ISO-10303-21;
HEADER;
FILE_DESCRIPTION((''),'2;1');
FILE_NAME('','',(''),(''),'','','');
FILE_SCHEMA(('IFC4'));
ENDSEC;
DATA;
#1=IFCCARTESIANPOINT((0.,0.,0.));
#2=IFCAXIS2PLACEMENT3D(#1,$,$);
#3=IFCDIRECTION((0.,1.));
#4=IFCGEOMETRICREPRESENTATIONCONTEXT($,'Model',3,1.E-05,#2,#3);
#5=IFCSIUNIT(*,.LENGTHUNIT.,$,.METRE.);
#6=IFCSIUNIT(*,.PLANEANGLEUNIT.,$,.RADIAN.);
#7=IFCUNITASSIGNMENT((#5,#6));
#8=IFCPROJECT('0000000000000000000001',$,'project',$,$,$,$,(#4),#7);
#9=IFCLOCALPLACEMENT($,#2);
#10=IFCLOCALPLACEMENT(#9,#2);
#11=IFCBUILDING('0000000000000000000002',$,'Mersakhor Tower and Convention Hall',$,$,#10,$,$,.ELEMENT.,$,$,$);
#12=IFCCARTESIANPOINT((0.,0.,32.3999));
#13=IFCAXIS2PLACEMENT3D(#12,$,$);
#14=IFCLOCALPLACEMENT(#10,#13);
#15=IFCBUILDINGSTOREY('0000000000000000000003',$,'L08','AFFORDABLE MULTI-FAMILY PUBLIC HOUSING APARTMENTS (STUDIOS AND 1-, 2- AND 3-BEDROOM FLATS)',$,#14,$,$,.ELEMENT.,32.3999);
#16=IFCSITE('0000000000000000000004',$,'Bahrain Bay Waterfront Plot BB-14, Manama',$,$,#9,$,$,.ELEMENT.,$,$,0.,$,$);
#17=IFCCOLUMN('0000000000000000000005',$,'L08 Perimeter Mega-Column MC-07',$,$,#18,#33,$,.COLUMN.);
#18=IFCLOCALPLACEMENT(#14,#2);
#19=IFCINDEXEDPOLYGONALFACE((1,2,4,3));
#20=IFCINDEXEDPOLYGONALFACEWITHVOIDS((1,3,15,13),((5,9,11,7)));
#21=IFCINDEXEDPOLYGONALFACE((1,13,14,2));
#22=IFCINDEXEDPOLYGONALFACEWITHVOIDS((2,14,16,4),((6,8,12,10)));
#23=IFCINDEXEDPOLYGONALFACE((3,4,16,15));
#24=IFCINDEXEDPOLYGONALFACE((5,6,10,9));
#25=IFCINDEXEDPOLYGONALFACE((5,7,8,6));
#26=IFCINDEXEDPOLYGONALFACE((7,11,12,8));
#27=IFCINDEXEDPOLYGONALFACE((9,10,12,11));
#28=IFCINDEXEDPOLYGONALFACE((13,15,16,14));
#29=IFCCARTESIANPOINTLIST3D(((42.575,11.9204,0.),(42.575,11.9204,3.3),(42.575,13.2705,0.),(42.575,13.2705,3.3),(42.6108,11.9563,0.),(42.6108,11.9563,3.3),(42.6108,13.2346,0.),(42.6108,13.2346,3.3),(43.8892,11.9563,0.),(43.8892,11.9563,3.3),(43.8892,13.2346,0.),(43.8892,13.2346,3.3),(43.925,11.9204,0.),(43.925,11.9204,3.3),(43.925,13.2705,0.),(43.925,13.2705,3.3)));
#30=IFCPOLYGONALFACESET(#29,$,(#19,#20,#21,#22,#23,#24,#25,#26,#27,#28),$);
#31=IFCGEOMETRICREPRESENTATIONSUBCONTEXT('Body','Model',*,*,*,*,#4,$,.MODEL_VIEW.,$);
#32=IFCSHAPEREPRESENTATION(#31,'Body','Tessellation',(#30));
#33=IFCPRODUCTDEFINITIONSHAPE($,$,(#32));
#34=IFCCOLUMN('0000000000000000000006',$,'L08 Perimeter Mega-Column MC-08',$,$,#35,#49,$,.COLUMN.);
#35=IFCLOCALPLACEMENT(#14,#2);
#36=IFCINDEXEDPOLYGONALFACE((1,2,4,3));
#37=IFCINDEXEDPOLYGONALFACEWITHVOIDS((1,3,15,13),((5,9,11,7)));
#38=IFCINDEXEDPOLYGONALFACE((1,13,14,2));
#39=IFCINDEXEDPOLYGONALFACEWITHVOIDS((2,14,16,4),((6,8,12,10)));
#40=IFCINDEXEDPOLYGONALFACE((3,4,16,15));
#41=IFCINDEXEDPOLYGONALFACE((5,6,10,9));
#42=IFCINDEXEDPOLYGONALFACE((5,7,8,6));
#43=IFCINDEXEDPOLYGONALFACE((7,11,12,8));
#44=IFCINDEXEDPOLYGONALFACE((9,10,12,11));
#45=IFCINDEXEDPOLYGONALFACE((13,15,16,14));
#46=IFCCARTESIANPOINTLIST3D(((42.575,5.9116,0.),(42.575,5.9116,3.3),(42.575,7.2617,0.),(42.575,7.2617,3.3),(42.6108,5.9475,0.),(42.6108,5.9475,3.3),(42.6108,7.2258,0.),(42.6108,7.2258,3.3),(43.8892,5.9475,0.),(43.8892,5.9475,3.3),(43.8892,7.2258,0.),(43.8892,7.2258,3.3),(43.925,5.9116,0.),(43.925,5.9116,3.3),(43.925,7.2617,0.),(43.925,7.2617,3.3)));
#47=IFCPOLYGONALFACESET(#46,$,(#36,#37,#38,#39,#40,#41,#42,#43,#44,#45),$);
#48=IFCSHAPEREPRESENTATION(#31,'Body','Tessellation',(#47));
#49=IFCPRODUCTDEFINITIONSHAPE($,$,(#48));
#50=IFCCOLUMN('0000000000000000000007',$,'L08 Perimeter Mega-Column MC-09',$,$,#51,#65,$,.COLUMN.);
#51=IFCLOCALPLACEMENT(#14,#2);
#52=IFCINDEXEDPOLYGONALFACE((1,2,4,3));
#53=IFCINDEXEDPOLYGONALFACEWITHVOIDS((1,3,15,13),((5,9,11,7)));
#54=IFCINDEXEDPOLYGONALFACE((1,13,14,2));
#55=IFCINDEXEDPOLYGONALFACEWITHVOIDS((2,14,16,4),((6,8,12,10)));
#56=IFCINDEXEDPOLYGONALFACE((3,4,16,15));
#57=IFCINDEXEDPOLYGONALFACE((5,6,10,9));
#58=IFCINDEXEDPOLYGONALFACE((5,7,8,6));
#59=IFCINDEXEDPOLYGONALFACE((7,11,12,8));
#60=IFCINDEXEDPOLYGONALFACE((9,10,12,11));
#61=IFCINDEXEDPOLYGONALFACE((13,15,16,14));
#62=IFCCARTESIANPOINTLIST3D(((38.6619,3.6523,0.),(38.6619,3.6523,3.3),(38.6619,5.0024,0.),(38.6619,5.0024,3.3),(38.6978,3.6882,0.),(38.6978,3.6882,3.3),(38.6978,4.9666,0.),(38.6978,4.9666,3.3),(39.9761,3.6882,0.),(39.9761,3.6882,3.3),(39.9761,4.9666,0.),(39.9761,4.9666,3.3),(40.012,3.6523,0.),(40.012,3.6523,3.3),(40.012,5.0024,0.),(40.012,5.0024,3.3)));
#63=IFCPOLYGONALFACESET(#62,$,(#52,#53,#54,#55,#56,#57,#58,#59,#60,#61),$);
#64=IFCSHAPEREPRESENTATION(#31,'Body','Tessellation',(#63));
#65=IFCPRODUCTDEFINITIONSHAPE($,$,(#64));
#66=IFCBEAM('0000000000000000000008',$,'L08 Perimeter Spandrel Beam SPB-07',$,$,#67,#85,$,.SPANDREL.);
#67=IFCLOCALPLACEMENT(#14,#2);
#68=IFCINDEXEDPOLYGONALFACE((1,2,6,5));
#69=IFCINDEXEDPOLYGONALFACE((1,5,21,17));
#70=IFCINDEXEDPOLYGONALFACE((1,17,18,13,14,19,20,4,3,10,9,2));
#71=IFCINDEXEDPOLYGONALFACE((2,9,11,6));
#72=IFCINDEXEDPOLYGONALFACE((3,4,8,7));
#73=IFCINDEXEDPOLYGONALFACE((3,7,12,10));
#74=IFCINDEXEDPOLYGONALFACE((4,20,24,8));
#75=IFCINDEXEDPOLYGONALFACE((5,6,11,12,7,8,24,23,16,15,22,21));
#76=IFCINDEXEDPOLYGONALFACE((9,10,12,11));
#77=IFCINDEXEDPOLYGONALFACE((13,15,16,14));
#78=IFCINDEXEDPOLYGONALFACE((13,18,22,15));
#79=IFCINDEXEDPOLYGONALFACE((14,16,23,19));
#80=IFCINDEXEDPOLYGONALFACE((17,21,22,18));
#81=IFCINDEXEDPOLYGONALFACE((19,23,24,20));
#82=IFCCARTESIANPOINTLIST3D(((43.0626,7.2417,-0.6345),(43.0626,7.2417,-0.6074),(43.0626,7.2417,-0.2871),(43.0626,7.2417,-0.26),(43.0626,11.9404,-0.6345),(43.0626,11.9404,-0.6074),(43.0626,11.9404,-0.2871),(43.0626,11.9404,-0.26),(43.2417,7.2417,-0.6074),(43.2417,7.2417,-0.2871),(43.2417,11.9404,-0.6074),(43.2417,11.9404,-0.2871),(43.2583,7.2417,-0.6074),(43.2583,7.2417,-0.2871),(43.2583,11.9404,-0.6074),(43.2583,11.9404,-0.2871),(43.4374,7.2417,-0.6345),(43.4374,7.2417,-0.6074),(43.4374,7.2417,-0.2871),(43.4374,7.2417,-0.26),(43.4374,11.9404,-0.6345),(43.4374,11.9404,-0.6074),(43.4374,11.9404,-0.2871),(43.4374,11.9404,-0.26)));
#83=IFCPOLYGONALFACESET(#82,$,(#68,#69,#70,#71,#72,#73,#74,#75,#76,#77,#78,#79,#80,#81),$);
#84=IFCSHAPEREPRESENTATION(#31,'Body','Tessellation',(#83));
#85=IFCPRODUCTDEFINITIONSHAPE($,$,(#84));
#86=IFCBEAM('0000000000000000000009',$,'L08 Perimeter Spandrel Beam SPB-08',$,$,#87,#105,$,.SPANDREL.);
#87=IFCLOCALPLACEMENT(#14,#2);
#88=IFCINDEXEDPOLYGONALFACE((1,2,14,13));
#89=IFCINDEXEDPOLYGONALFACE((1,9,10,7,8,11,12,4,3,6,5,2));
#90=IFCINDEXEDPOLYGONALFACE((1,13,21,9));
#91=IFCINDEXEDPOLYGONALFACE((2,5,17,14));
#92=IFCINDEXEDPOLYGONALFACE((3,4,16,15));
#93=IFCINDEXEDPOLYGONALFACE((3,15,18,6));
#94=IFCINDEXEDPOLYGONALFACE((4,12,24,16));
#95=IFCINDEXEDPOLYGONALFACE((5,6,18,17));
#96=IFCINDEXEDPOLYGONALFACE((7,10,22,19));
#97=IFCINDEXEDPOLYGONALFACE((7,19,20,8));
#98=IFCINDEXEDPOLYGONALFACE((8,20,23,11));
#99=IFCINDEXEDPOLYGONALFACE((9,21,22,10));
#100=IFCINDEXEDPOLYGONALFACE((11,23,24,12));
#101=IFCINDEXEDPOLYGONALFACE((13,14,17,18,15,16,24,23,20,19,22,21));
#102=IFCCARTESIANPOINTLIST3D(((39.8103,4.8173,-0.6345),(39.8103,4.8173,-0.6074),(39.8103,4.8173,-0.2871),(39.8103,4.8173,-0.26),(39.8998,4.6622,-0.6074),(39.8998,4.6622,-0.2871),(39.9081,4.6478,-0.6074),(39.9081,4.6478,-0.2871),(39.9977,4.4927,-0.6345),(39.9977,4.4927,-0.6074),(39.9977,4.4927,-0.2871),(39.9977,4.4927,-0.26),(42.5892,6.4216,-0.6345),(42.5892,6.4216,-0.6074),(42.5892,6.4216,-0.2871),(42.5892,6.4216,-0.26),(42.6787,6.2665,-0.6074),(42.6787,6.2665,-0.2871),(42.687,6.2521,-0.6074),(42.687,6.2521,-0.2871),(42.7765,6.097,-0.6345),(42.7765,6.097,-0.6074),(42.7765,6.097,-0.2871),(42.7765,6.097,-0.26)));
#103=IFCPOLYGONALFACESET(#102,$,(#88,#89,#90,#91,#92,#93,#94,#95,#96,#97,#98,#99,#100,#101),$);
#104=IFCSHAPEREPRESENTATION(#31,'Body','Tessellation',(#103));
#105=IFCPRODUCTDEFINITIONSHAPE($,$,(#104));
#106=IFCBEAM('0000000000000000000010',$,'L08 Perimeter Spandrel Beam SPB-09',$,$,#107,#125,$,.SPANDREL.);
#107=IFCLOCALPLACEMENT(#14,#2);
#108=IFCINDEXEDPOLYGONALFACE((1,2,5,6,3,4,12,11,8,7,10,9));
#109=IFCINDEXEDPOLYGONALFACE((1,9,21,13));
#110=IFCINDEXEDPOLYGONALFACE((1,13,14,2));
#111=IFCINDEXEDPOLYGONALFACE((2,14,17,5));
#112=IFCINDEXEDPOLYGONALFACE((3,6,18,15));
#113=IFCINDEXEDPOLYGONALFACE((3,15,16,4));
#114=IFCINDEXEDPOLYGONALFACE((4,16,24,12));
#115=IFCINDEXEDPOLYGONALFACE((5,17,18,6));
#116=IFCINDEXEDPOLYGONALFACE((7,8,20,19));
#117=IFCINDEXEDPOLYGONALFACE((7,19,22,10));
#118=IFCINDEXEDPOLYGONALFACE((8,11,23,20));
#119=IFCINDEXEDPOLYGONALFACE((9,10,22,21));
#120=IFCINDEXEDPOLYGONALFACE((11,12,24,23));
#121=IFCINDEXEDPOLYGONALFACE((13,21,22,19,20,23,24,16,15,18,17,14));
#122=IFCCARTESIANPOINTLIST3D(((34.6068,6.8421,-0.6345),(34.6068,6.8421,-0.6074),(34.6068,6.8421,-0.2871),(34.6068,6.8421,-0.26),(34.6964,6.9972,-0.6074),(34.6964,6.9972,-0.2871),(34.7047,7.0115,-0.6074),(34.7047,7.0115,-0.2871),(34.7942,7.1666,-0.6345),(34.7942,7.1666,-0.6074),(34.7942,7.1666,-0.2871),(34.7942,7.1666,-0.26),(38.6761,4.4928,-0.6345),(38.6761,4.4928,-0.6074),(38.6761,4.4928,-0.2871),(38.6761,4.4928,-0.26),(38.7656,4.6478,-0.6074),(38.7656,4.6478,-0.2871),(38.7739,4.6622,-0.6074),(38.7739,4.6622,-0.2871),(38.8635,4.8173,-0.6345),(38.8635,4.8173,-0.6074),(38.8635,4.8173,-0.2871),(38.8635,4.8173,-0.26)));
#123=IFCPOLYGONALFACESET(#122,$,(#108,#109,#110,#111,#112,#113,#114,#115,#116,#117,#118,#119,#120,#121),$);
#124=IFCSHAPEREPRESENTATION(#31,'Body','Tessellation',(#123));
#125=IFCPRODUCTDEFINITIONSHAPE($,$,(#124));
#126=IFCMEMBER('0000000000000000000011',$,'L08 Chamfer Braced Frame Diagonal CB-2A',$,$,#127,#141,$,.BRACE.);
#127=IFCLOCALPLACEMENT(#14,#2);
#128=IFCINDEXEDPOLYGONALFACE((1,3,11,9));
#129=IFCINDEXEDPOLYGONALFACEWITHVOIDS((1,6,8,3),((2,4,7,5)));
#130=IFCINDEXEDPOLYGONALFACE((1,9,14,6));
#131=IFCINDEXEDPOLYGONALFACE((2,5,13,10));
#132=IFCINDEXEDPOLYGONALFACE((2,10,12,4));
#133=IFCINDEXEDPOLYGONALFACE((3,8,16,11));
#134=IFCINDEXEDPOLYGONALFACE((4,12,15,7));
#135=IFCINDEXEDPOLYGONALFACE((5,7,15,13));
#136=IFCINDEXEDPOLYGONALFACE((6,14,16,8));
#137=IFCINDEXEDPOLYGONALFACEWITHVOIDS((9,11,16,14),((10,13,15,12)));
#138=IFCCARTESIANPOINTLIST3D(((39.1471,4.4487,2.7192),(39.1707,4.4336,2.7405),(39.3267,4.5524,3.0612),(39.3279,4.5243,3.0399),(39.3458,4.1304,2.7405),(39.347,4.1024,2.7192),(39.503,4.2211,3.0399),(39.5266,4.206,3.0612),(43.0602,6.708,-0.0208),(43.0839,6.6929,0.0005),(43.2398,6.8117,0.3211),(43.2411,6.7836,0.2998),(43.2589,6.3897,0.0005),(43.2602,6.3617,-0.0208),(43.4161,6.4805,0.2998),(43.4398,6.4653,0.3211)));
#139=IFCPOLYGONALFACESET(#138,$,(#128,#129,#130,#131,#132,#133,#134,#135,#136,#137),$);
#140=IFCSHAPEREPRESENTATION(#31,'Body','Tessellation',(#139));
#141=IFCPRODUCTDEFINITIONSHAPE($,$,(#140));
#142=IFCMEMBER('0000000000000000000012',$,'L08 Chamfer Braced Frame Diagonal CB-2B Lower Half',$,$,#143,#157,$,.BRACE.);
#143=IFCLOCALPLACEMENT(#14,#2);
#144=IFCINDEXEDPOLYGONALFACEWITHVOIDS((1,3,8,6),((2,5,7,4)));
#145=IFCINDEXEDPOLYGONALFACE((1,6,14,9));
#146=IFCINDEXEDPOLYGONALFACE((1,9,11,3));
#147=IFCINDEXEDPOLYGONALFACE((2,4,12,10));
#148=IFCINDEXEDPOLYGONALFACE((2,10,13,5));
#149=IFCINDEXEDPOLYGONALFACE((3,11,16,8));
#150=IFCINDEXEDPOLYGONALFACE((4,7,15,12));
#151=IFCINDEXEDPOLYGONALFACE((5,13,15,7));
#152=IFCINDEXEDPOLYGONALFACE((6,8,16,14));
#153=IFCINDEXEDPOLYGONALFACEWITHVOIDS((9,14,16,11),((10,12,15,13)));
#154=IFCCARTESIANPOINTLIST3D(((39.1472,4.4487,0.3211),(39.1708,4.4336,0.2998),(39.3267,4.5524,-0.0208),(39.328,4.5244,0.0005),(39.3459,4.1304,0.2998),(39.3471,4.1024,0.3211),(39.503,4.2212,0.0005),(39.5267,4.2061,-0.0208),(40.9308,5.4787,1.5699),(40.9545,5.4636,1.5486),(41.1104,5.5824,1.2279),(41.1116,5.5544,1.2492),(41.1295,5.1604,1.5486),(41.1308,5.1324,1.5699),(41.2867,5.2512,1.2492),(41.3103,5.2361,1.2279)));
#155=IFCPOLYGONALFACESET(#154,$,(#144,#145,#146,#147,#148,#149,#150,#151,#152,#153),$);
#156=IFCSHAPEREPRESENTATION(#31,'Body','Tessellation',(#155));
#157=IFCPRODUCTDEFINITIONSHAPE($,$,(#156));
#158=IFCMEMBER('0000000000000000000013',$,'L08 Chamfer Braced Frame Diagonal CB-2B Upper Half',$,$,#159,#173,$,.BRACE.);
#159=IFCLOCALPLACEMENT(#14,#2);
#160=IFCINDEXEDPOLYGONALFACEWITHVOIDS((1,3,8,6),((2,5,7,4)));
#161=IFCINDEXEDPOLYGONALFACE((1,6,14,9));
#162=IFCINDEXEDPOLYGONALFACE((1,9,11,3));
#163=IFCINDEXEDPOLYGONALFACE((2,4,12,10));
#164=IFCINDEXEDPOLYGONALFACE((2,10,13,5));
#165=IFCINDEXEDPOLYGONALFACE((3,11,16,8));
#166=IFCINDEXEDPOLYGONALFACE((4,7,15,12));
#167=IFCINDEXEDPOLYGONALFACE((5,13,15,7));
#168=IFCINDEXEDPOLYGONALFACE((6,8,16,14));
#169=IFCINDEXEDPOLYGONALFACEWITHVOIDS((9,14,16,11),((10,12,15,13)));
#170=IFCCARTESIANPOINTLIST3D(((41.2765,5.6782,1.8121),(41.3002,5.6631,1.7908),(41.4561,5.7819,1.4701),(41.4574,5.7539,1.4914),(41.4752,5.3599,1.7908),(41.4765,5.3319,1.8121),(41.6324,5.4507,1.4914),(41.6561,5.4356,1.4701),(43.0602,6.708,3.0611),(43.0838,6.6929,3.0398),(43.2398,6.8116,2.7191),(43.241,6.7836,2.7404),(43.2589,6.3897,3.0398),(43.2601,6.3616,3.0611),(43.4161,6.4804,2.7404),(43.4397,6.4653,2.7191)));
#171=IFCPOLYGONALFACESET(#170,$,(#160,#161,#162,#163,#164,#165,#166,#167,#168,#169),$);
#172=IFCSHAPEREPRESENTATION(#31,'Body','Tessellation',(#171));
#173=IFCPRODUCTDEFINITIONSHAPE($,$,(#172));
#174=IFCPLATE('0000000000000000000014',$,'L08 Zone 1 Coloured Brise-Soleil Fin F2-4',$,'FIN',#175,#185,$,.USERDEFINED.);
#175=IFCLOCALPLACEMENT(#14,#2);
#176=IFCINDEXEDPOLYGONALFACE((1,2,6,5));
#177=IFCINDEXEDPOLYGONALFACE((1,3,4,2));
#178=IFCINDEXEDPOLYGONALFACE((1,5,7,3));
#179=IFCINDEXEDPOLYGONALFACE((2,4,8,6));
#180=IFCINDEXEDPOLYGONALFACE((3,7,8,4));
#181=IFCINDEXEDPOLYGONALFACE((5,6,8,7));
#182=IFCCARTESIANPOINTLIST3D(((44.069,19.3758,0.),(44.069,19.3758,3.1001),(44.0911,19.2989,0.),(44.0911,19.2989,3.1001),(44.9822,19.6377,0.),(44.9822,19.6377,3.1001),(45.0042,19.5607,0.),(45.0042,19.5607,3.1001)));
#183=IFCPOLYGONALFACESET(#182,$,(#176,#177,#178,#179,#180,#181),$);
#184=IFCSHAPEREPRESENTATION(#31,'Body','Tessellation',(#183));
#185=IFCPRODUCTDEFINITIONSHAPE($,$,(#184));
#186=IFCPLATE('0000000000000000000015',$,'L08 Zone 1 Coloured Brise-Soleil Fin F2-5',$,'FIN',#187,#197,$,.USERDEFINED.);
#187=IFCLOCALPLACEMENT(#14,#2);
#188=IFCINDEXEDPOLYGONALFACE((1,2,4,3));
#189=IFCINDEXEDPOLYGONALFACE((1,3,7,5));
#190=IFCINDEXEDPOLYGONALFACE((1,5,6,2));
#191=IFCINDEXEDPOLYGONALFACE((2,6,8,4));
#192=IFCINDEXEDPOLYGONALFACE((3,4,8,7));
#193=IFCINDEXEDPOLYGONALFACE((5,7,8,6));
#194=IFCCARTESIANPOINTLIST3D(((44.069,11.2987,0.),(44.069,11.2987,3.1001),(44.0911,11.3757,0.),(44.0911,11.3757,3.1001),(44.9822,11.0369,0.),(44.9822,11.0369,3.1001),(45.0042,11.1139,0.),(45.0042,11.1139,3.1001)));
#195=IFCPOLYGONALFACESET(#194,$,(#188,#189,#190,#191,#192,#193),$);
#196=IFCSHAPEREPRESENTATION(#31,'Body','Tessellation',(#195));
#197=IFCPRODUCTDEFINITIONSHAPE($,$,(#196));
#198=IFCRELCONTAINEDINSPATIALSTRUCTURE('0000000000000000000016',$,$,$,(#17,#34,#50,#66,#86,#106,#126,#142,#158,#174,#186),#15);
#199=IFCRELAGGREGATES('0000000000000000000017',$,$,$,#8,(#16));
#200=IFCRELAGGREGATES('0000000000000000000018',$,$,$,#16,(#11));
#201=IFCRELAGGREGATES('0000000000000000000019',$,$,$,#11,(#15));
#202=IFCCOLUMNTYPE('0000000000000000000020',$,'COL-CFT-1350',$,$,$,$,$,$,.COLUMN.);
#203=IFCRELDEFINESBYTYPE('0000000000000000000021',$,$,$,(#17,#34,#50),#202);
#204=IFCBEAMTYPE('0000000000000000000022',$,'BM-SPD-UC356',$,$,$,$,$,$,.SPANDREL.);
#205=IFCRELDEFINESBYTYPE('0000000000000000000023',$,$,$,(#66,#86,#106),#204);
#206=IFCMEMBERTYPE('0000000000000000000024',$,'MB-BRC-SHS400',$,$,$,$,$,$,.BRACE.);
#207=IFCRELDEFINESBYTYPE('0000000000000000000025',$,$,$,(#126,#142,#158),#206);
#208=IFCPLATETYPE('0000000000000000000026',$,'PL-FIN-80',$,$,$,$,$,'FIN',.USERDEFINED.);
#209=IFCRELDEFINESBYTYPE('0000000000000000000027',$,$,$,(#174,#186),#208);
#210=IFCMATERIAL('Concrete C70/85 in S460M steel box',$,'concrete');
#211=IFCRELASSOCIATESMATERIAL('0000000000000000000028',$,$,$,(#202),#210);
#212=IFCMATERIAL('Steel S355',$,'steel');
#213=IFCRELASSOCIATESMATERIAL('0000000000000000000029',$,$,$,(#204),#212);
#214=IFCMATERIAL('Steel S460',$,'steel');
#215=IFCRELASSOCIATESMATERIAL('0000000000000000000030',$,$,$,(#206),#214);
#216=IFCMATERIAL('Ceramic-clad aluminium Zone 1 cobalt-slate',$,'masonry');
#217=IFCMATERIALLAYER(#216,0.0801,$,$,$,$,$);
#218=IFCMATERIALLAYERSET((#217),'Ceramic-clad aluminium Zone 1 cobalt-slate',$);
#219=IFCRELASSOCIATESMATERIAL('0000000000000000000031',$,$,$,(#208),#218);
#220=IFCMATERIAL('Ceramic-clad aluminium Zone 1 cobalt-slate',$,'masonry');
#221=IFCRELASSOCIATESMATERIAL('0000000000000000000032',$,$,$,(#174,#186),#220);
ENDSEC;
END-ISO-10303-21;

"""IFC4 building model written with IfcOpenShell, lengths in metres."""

from ifc_helpers import new_model, si_unit, direction, frame, origin, origin_2d, place, context, subcontext, project, spatial, rectangle, hollow_rectangle, i_section, extrude, material, layer, layer_set, material_profile, profile_set, type_object, element, save


model = new_model("IFC4")

# Units and contexts
model_context = context("Model", 3, precision=1e-05, world=origin(), true_north=direction((0.0, 1.0)))
body_context = subcontext(model_context, "Body", "Model", "MODEL_VIEW")
ifc_project = project(units=[si_unit("LENGTHUNIT", "METRE"), si_unit("PLANEANGLEUNIT", "RADIAN")], contexts=[model_context])

# Site, building, storey
site_placement = place(None, origin())
site = spatial("IfcSite", under=ifc_project, at=site_placement, Name="Bahrain Bay Waterfront Plot BB-14, Manama", CompositionType="ELEMENT", RefElevation=0.0)
building_placement = place(site_placement, origin())
building = spatial("IfcBuilding", under=site, at=building_placement, Name="Mersakhor Tower and Convention Hall", CompositionType="ELEMENT")
storey_placement = place(building_placement, frame((0.0, 0.0, 32.3999)))
storey = spatial("IfcBuildingStorey", under=building, at=storey_placement, Name="L08", Description="AFFORDABLE MULTI-FAMILY PUBLIC HOUSING APARTMENTS (STUDIOS AND 1-, 2- AND 3-BEDROOM FLATS)", CompositionType="ELEMENT", Elevation=32.3999)

# Columns
ifc_material_1 = material(Name="Concrete C70/85 in S460M steel box", Category="concrete")
ifc_material_profile_1 = material_profile(ifc_material_1, hollow_rectangle(XDim=1.3501, YDim=1.3501, WallThickness=0.0359, at=origin_2d()), Name="SHS 1350x1350x36")
ifc_profile_set_1 = profile_set([ifc_material_profile_1], Name="Concrete C70/85 in S460M steel box")
column_type = type_object("IfcColumnType", Name="COL-CFT-1350", PredefinedType="COLUMN", material=ifc_profile_set_1)
for number, where, z_axis, x_axis, name in (
    (1, (43.25, 12.5955, 0.0), (0.0, 0.0, 1.0), (1.0, 0.0, 0.0), "L08 Perimeter Mega-Column MC-07"),
    (2, (43.25, 6.5867, 0.0), (0.0, 0.0, 1.0), (1.0, 0.0, 0.0), "L08 Perimeter Mega-Column MC-08"),
    (3, (39.3369, 4.3274, 0.0), (0.0, 0.0, 1.0), (1.0, 0.0, 0.0), "L08 Perimeter Mega-Column MC-09"),
):
    element("IfcColumn", number, at=place(storey_placement, frame(where, z_axis=z_axis, x_axis=x_axis)), inside=storey, type_object=column_type, Name=name, PredefinedType="COLUMN", context=body_context, shape_type="SweptSolid", body=[
        extrude(hollow_rectangle(XDim=1.3501, YDim=1.3501, WallThickness=0.0359, at=origin_2d()), origin(), (0.0, 0.0, 1.0), 3.3),
    ])

# Beams
ifc_material_2 = material(Name="Steel S355", Category="steel")
ifc_material_profile_2 = material_profile(ifc_material_2, i_section(OverallWidth=0.3748, OverallDepth=0.3745, WebThickness=0.0166, FlangeThickness=0.0271, at=origin_2d()), Name="UC 356x368x202")
ifc_profile_set_2 = profile_set([ifc_material_profile_2], Name="Steel S355")
beam_type = type_object("IfcBeamType", Name="BM-SPD-UC356", PredefinedType="SPANDREL", material=ifc_profile_set_2)
beam_1_placement = place(storey_placement, frame((43.25, 11.9404, -0.4473), z_axis=(0.0, -1.0, 0.0), x_axis=(1.0, 0.0, 0.0)))
element("IfcBeam", 4, at=beam_1_placement, inside=storey, type_object=beam_type, Name="L08 Perimeter Spandrel Beam SPB-07", PredefinedType="SPANDREL", context=body_context, shape_type="SweptSolid", body=[
    extrude(i_section(OverallWidth=0.3748, OverallDepth=0.3745, WebThickness=0.0166, FlangeThickness=0.0271, at=origin_2d()), origin(), (0.0, 0.0, 1.0), 4.6987),
])
beam_2_placement = place(storey_placement, frame((42.6829, 6.2593, -0.4473), z_axis=(-0.866039, -0.499977, 0.0), x_axis=(0.499977, -0.866039, 0.0)))
element("IfcBeam", 5, at=beam_2_placement, inside=storey, type_object=beam_type, Name="L08 Perimeter Spandrel Beam SPB-08", PredefinedType="SPANDREL", context=body_context, shape_type="SweptSolid", body=[
    extrude(i_section(OverallWidth=0.3748, OverallDepth=0.3745, WebThickness=0.0166, FlangeThickness=0.0271, at=origin_2d()), origin(), (0.0, 0.0, 1.0), 3.2087),
])
beam_3_placement = place(storey_placement, frame((38.7698, 4.655, -0.4473), z_axis=(-0.866032, 0.499989, 0.0), x_axis=(-0.499989, -0.866032, 0.0)))
element("IfcBeam", 6, at=beam_3_placement, inside=storey, type_object=beam_type, Name="L08 Perimeter Spandrel Beam SPB-09", PredefinedType="SPANDREL", context=body_context, shape_type="SweptSolid", body=[
    extrude(i_section(OverallWidth=0.3748, OverallDepth=0.3745, WebThickness=0.0166, FlangeThickness=0.0271, at=origin_2d()), origin(), (0.0, 0.0, 1.0), 4.6987),
])

# Members
ifc_material_3 = material(Name="Steel S460", Category="steel")
ifc_material_profile_3 = material_profile(ifc_material_3, hollow_rectangle(XDim=0.3999, YDim=0.3999, WallThickness=0.0249, at=origin_2d()), Name="SHS 400x400x25")
ifc_profile_set_3 = profile_set([ifc_material_profile_3], Name="Steel S460")
member_type = type_object("IfcMemberType", Name="MB-BRC-SHS400", PredefinedType="BRACE", material=ifc_profile_set_3)
member_placement = place(storey_placement, frame((43.25, 6.5867, 0.1501), z_axis=(-0.740508, -0.427543, 0.518513), x_axis=(0.500009, -0.86602, 0.0)))
element("IfcMember", 7, at=member_placement, inside=storey, type_object=member_type, Name="L08 Chamfer Braced Frame Diagonal CB-2A", PredefinedType="BRACE", context=body_context, shape_type="SweptSolid", body=[
    extrude(hollow_rectangle(XDim=0.3999, YDim=0.3999, WallThickness=0.0249, at=origin_2d()), origin(), (0.0, 0.0, 1.0), 5.2844),
])
for number, where, z_axis, x_axis, name in (
    (8, (39.3369, 4.3274, 0.1501), (0.740512, 0.427624, 0.51844), (-0.500078, 0.86598, 0.0), "L08 Chamfer Braced Frame Diagonal CB-2B Lower Half"),
    (9, (41.4663, 5.5569, 1.6411), (0.740505, 0.427519, 0.518536), (-0.499989, 0.866032, 0.0), "L08 Chamfer Braced Frame Diagonal CB-2B Upper Half"),
):
    element("IfcMember", number, at=place(storey_placement, frame(where, z_axis=z_axis, x_axis=x_axis)), inside=storey, type_object=member_type, Name=name, PredefinedType="BRACE", context=body_context, shape_type="SweptSolid", body=[
        extrude(hollow_rectangle(XDim=0.3999, YDim=0.3999, WallThickness=0.0249, at=origin_2d()), origin(), (0.0, 0.0, 1.0), 2.4087),
    ])

# Plates
ifc_material_4 = material(Name="Ceramic-clad aluminium Zone 1 cobalt-slate", Category="masonry")
ifc_material_5 = material(Name="Ceramic-clad aluminium Zone 1 cobalt-slate", Category="masonry")
ifc_layer_1 = layer(ifc_material_5, 0.0801)
ifc_layer_set_1 = layer_set([ifc_layer_1], Name="Ceramic-clad aluminium Zone 1 cobalt-slate")
plate_type_1 = type_object("IfcPlateType", Name="PL-FIN-80", ElementType="FIN", PredefinedType="USERDEFINED", material=ifc_layer_set_1)
for number, where, z_axis, x_axis, name in (
    (10, (44.5366, 19.4683, 0.0), (0.0, 0.0, 1.0), (0.961262, 0.275637, 0.0), "L08 Zone 1 Coloured Brise-Soleil Fin F2-4"),
    (11, (44.5366, 11.2063, 0.0), (0.0, 0.0, 1.0), (0.961262, -0.275637, 0.0), "L08 Zone 1 Coloured Brise-Soleil Fin F2-5"),
):
    element("IfcPlate", number, at=place(storey_placement, frame(where, z_axis=z_axis, x_axis=x_axis)), inside=storey, type_object=plate_type_1, material=ifc_material_4, Name=name, ObjectType="FIN", PredefinedType="USERDEFINED", context=body_context, shape_type="SweptSolid", body=[
        extrude(rectangle(XDim=0.95, YDim=0.0801, at=origin_2d()), origin(), (0.0, 0.0, 1.0), 3.1001),
    ])

save(model, "model.ifc")
